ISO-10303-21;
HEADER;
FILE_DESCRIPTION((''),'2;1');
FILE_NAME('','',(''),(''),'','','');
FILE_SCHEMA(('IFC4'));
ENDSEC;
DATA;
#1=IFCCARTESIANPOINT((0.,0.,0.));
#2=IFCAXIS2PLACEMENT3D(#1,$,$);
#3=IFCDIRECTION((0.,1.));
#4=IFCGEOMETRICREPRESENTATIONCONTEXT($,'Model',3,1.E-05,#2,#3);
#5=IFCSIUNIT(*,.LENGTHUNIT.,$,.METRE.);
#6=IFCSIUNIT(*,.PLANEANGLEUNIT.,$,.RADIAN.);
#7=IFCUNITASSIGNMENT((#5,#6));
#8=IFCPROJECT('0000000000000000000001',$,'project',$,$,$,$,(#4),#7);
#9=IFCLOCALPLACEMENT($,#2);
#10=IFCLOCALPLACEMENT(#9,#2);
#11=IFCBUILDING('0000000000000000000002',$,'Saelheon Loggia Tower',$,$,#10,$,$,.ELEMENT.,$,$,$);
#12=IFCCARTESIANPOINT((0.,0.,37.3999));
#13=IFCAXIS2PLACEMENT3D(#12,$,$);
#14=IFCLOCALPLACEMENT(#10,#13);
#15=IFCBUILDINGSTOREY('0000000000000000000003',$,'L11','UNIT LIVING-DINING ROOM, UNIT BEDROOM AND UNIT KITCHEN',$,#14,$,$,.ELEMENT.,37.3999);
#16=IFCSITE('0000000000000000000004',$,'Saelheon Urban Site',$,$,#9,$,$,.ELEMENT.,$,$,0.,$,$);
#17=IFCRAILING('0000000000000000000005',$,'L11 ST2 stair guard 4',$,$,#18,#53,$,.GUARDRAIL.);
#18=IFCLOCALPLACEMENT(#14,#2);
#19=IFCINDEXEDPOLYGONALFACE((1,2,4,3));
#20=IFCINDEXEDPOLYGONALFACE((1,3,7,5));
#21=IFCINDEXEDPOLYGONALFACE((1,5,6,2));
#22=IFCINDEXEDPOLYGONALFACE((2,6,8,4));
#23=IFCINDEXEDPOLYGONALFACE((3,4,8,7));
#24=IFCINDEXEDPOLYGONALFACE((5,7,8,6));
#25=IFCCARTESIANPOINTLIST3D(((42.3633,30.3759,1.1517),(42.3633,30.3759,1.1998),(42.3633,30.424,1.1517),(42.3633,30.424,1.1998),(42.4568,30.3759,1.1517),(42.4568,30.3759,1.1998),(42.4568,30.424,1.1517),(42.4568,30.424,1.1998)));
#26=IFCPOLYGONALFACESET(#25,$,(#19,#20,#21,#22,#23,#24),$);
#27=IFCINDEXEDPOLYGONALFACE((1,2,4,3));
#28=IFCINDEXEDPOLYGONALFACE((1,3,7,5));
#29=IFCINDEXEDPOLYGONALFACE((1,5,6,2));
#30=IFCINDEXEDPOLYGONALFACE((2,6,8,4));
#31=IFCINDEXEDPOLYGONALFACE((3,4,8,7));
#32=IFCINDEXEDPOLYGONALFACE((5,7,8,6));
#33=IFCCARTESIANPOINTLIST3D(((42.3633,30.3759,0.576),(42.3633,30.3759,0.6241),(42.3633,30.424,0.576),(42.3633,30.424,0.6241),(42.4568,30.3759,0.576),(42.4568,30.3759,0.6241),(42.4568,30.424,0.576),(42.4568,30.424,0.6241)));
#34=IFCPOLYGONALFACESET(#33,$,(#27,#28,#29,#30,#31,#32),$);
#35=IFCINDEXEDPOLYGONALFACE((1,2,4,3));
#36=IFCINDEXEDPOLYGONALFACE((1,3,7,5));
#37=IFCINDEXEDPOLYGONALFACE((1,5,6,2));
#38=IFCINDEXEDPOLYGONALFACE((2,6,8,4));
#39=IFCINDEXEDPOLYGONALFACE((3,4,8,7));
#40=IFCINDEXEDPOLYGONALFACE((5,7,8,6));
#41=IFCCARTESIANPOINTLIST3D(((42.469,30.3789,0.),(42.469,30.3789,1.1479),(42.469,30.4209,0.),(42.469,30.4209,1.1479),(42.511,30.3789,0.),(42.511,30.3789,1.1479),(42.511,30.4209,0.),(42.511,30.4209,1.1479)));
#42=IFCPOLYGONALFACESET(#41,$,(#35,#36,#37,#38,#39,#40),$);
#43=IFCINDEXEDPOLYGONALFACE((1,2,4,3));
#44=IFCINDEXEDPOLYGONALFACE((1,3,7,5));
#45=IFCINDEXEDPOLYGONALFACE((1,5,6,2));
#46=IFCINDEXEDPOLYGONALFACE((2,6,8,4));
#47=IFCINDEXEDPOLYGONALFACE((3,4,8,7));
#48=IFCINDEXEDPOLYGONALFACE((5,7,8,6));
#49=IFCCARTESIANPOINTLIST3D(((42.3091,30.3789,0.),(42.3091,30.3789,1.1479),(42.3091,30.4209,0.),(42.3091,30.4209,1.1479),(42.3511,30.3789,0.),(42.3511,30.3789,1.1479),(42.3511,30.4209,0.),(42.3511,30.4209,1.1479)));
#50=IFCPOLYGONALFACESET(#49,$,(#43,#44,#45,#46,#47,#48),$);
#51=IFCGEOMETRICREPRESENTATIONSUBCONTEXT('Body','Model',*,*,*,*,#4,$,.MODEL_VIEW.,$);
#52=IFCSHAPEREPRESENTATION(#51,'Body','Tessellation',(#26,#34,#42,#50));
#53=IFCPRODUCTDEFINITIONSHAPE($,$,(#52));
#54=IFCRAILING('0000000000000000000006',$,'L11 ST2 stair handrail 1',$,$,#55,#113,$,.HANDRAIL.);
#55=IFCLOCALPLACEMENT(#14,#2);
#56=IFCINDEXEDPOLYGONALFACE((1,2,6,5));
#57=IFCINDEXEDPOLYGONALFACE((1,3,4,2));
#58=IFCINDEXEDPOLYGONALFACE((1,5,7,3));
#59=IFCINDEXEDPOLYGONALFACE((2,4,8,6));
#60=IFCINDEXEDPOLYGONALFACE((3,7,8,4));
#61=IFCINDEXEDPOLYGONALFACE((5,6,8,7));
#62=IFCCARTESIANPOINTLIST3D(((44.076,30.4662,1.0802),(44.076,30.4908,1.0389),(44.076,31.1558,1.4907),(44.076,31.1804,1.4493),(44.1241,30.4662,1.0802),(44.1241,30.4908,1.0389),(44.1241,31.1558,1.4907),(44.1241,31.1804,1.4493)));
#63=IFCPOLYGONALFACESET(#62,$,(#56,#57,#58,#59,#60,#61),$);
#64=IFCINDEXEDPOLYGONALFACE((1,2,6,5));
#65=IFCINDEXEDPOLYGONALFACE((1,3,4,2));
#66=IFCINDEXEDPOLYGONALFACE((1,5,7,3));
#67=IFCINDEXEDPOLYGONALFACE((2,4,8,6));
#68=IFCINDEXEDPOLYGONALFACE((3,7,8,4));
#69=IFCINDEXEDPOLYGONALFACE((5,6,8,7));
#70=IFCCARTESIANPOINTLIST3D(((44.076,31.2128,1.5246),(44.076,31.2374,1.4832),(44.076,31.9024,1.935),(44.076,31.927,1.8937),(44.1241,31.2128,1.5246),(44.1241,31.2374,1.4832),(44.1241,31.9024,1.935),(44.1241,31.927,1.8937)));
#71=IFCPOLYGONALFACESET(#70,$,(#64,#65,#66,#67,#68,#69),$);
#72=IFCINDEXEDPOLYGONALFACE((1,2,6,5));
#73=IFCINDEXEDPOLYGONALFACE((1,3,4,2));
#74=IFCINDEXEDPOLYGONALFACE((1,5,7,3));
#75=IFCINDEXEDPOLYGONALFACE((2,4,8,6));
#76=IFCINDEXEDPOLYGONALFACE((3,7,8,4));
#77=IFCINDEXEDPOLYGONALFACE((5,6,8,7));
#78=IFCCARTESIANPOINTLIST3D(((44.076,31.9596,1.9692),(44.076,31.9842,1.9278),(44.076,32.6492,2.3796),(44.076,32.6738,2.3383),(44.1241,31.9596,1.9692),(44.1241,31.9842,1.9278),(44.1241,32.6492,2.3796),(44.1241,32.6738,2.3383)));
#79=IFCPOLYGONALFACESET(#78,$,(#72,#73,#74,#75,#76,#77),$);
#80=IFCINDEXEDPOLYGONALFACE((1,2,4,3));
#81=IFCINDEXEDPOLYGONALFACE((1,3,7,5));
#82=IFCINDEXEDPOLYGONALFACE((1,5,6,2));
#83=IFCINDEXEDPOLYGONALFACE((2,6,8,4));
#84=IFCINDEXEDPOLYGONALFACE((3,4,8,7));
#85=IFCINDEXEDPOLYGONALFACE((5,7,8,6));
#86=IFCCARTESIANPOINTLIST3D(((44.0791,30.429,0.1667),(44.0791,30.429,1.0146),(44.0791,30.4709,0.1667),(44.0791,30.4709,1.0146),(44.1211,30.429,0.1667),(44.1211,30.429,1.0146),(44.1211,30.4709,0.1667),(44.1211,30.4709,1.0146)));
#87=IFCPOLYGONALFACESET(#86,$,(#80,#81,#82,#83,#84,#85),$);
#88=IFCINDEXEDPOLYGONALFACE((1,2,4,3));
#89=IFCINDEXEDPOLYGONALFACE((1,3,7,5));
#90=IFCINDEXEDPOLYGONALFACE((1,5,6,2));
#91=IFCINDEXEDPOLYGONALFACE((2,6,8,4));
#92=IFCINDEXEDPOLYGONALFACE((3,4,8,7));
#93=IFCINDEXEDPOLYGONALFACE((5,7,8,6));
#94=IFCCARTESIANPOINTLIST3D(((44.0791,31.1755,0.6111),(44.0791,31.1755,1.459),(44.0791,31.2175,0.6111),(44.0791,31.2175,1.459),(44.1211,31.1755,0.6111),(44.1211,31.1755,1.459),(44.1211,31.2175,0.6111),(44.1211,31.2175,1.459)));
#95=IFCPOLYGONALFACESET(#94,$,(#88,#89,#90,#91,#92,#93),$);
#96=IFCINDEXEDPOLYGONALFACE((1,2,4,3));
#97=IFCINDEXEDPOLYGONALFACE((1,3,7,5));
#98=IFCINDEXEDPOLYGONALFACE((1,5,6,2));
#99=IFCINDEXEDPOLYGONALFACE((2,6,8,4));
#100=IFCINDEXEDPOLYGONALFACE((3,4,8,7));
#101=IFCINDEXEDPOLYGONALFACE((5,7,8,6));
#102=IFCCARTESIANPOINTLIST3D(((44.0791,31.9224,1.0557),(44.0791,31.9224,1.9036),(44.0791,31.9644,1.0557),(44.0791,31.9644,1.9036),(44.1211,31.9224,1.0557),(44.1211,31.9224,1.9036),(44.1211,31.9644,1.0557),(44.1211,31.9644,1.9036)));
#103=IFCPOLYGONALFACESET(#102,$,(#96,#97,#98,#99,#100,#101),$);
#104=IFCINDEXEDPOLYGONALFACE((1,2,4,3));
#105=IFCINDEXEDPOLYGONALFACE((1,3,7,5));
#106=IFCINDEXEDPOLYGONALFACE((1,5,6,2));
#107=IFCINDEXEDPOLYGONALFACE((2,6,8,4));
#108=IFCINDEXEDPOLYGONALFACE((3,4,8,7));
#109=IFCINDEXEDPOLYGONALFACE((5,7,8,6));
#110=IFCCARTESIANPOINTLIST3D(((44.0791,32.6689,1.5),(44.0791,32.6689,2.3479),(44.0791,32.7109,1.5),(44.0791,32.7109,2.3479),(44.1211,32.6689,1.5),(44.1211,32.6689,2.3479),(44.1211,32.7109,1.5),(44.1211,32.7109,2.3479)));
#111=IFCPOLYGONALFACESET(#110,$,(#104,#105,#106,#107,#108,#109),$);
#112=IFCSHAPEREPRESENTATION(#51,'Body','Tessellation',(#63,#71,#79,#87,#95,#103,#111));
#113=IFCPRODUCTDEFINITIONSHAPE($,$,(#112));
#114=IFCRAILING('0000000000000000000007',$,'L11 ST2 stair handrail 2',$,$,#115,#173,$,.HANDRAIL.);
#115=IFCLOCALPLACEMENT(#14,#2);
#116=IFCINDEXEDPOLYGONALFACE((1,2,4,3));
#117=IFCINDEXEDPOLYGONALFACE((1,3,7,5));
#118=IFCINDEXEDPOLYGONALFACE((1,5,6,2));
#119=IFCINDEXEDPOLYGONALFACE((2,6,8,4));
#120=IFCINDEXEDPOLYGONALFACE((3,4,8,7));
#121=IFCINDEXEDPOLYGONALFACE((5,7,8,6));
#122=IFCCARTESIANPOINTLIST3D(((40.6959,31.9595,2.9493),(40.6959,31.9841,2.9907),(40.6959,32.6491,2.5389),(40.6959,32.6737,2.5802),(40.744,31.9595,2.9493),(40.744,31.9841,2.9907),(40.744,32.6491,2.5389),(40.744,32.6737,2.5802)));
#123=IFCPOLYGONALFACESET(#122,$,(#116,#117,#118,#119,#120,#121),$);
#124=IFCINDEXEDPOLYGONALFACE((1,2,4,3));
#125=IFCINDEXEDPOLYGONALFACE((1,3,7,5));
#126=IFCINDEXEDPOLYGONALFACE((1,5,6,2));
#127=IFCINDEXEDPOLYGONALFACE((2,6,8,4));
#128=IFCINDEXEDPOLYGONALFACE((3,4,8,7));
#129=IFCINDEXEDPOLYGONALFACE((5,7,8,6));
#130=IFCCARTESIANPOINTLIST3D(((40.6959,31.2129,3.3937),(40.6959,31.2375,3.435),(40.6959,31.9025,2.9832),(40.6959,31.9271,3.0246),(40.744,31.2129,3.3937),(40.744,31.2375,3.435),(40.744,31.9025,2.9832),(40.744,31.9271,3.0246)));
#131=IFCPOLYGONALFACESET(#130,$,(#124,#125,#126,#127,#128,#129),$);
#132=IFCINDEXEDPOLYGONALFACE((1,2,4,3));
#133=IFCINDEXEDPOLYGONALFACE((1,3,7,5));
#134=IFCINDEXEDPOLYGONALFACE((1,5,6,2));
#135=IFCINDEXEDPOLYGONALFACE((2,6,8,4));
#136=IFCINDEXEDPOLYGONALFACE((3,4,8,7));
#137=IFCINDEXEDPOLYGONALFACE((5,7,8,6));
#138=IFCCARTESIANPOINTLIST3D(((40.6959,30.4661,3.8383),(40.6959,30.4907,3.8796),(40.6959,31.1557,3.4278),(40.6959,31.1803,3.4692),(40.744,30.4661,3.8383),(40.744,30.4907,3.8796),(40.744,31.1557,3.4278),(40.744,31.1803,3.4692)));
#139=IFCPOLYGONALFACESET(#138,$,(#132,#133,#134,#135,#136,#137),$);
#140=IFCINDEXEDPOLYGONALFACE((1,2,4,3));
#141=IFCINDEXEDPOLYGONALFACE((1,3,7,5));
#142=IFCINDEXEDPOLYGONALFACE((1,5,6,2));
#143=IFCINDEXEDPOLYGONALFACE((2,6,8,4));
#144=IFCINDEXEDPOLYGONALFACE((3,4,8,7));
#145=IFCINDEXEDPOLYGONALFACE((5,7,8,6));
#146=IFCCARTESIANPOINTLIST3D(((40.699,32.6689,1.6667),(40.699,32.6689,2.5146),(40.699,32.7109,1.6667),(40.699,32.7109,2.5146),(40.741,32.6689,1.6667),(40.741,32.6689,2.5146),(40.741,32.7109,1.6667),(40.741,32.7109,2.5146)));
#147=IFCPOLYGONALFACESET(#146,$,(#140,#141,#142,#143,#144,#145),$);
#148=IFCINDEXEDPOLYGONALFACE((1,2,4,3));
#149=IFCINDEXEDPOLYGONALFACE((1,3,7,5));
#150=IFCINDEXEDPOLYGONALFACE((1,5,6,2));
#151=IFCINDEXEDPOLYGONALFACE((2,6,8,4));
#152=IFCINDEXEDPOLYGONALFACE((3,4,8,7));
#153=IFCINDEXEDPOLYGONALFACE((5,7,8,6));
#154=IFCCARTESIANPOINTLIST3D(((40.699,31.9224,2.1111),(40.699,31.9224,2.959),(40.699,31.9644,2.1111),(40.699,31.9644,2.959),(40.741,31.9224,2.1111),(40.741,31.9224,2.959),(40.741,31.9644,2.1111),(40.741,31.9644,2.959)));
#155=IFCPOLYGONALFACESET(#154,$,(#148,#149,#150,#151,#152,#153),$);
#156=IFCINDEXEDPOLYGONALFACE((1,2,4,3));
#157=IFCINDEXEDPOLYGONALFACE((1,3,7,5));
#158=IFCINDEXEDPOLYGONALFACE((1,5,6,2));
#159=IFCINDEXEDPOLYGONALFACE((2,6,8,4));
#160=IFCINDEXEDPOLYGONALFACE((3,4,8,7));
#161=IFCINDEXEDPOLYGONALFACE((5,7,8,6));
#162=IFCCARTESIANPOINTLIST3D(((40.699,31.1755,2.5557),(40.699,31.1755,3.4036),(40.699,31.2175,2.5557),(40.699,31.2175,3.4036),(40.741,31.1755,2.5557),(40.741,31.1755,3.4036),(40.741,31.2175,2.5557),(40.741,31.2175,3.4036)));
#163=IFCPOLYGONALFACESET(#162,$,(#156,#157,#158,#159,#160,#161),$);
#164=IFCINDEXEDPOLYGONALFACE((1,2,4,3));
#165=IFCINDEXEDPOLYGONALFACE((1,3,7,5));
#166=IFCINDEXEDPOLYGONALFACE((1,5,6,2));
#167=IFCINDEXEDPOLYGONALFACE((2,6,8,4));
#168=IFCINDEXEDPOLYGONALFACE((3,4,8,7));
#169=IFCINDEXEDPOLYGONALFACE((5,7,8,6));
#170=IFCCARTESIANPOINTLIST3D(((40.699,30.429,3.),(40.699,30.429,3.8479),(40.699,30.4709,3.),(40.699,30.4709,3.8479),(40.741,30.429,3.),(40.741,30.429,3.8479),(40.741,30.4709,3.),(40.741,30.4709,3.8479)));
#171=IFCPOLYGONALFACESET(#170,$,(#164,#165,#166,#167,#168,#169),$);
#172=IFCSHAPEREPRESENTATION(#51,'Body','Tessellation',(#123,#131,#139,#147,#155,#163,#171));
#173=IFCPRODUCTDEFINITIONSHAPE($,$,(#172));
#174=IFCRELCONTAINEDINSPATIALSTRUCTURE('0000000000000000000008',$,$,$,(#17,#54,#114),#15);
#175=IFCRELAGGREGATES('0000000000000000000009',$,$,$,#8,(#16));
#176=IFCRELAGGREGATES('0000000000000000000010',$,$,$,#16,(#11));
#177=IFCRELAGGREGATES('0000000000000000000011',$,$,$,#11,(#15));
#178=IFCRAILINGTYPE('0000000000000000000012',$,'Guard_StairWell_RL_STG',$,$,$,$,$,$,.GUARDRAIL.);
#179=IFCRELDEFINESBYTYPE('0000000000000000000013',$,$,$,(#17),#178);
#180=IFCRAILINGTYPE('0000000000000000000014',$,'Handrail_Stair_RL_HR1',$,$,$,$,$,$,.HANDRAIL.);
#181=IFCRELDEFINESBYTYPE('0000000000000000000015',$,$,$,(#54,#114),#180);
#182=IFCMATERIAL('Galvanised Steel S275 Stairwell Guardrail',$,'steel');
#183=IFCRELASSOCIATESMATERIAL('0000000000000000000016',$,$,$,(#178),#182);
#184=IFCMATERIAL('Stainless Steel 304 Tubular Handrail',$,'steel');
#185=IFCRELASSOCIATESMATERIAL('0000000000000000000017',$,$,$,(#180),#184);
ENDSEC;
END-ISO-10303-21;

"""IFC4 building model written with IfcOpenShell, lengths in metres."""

from ifc_helpers import new_model, si_unit, direction, frame, origin, origin_2d, place, context, subcontext, project, spatial, rectangle, extrude, material, type_object, element, save


model = new_model("IFC4")

# Units and contexts
model_context = context("Model", 3, precision=1e-05, world=origin(), true_north=direction((0.0, 1.0)))
body_context = subcontext(model_context, "Body", "Model", "MODEL_VIEW")
ifc_project = project(units=[si_unit("LENGTHUNIT", "METRE"), si_unit("PLANEANGLEUNIT", "RADIAN")], contexts=[model_context])

# Site, building, storey
site_placement = place(None, origin())
site = spatial("IfcSite", under=ifc_project, at=site_placement, Name="Saelheon Urban Site", CompositionType="ELEMENT", RefElevation=0.0)
building_placement = place(site_placement, origin())
building = spatial("IfcBuilding", under=site, at=building_placement, Name="Saelheon Loggia Tower", CompositionType="ELEMENT")
storey_placement = place(building_placement, frame((0.0, 0.0, 37.3999)))
storey = spatial("IfcBuildingStorey", under=building, at=storey_placement, Name="L11", Description="UNIT LIVING-DINING ROOM, UNIT BEDROOM AND UNIT KITCHEN", CompositionType="ELEMENT", Elevation=37.3999)

# Railings
ifc_material_1 = material(Name="Galvanised Steel S275 Stairwell Guardrail", Category="steel")
railing_type_1 = type_object("IfcRailingType", Name="Guard_StairWell_RL_STG", PredefinedType="GUARDRAIL", material=ifc_material_1)
railing_1_placement = place(storey_placement, frame((42.49, 30.3999, 0.0)))
element("IfcRailing", 1, at=railing_1_placement, inside=storey, type_object=railing_type_1, Name="L11 ST2 stair guard 4", PredefinedType="GUARDRAIL", context=body_context, shape_type="SweptSolid", body=[
    extrude(rectangle(XDim=0.0481, YDim=0.0481, at=origin_2d()), frame((-0.0332, 0.0, 1.1758), z_axis=(-1.0, 0.0, 0.0), x_axis=(0.0, -1.0, 0.0)), (0.0, 0.0, 1.0), 0.0935),
    extrude(rectangle(XDim=0.0481, YDim=0.0481, at=origin_2d()), frame((-0.0332, 0.0, 0.6001), z_axis=(-1.0, 0.0, 0.0), x_axis=(0.0, -1.0, 0.0)), (0.0, 0.0, 1.0), 0.0935),
    extrude(rectangle(XDim=0.042, YDim=0.042, at=origin_2d()), origin(), (0.0, 0.0, 1.0), 1.1479),
    extrude(rectangle(XDim=0.042, YDim=0.042, at=origin_2d()), frame((-0.1599, 0.0, 0.0)), (0.0, 0.0, 1.0), 1.1479),
])
ifc_material_2 = material(Name="Stainless Steel 304 Tubular Handrail", Category="steel")
railing_type_2 = type_object("IfcRailingType", Name="Handrail_Stair_RL_HR1", PredefinedType="HANDRAIL", material=ifc_material_2)
railing_2_placement = place(storey_placement, frame((44.1001, 30.45, 0.1667)))
element("IfcRailing", 2, at=railing_2_placement, inside=storey, type_object=railing_type_2, Name="L11 ST2 stair handrail 1", PredefinedType="HANDRAIL", context=body_context, shape_type="SweptSolid", body=[
    extrude(rectangle(XDim=0.0481, YDim=0.0481, at=origin_2d()), frame((0.0, 0.0286, 0.8928), z_axis=(0.0, 0.859306, 0.511462), x_axis=(-1.0, 0.0, 0.0)), (0.0, 0.0, 1.0), 0.8025),
    extrude(rectangle(XDim=0.0481, YDim=0.0481, at=origin_2d()), frame((0.0, 0.7751, 1.3372), z_axis=(0.0, 0.859306, 0.511462), x_axis=(-1.0, 0.0, 0.0)), (0.0, 0.0, 1.0), 0.8025),
    extrude(rectangle(XDim=0.0481, YDim=0.0481, at=origin_2d()), frame((0.0, 1.522, 1.7817), z_axis=(0.0, 0.859306, 0.511462), x_axis=(-1.0, 0.0, 0.0)), (0.0, 0.0, 1.0), 0.8025),
    extrude(rectangle(XDim=0.042, YDim=0.042, at=origin_2d()), origin(), (0.0, 0.0, 1.0), 0.8479),
    extrude(rectangle(XDim=0.042, YDim=0.042, at=origin_2d()), frame((0.0, 0.7466, 0.4443)), (0.0, 0.0, 1.0), 0.8479),
    extrude(rectangle(XDim=0.042, YDim=0.042, at=origin_2d()), frame((0.0, 1.4934, 0.8889)), (0.0, 0.0, 1.0), 0.8479),
    extrude(rectangle(XDim=0.042, YDim=0.042, at=origin_2d()), frame((0.0, 2.24, 1.3333)), (0.0, 0.0, 1.0), 0.8479),
])
railing_3_placement = place(storey_placement, frame((40.72, 32.6899, 1.6667)))
element("IfcRailing", 3, at=railing_3_placement, inside=storey, type_object=railing_type_2, Name="L11 ST2 stair handrail 2", PredefinedType="HANDRAIL", context=body_context, shape_type="SweptSolid", body=[
    extrude(rectangle(XDim=0.0481, YDim=0.0481, at=origin_2d()), frame((0.0, -0.0286, 0.8928), z_axis=(0.0, -0.859306, 0.511462), x_axis=(1.0, 0.0, 0.0)), (0.0, 0.0, 1.0), 0.8025),
    extrude(rectangle(XDim=0.0481, YDim=0.0481, at=origin_2d()), frame((0.0, -0.7751, 1.3372), z_axis=(0.0, -0.859306, 0.511462), x_axis=(1.0, 0.0, 0.0)), (0.0, 0.0, 1.0), 0.8025),
    extrude(rectangle(XDim=0.0481, YDim=0.0481, at=origin_2d()), frame((0.0, -1.522, 1.7817), z_axis=(0.0, -0.859306, 0.511462), x_axis=(1.0, 0.0, 0.0)), (0.0, 0.0, 1.0), 0.8025),
    extrude(rectangle(XDim=0.042, YDim=0.042, at=origin_2d()), origin(), (0.0, 0.0, 1.0), 0.8479),
    extrude(rectangle(XDim=0.042, YDim=0.042, at=origin_2d()), frame((0.0, -0.7466, 0.4443)), (0.0, 0.0, 1.0), 0.8479),
    extrude(rectangle(XDim=0.042, YDim=0.042, at=origin_2d()), frame((0.0, -1.4934, 0.8889)), (0.0, 0.0, 1.0), 0.8479),
    extrude(rectangle(XDim=0.042, YDim=0.042, at=origin_2d()), frame((0.0, -2.24, 1.3333)), (0.0, 0.0, 1.0), 0.8479),
])

save(model, "model.ifc")
